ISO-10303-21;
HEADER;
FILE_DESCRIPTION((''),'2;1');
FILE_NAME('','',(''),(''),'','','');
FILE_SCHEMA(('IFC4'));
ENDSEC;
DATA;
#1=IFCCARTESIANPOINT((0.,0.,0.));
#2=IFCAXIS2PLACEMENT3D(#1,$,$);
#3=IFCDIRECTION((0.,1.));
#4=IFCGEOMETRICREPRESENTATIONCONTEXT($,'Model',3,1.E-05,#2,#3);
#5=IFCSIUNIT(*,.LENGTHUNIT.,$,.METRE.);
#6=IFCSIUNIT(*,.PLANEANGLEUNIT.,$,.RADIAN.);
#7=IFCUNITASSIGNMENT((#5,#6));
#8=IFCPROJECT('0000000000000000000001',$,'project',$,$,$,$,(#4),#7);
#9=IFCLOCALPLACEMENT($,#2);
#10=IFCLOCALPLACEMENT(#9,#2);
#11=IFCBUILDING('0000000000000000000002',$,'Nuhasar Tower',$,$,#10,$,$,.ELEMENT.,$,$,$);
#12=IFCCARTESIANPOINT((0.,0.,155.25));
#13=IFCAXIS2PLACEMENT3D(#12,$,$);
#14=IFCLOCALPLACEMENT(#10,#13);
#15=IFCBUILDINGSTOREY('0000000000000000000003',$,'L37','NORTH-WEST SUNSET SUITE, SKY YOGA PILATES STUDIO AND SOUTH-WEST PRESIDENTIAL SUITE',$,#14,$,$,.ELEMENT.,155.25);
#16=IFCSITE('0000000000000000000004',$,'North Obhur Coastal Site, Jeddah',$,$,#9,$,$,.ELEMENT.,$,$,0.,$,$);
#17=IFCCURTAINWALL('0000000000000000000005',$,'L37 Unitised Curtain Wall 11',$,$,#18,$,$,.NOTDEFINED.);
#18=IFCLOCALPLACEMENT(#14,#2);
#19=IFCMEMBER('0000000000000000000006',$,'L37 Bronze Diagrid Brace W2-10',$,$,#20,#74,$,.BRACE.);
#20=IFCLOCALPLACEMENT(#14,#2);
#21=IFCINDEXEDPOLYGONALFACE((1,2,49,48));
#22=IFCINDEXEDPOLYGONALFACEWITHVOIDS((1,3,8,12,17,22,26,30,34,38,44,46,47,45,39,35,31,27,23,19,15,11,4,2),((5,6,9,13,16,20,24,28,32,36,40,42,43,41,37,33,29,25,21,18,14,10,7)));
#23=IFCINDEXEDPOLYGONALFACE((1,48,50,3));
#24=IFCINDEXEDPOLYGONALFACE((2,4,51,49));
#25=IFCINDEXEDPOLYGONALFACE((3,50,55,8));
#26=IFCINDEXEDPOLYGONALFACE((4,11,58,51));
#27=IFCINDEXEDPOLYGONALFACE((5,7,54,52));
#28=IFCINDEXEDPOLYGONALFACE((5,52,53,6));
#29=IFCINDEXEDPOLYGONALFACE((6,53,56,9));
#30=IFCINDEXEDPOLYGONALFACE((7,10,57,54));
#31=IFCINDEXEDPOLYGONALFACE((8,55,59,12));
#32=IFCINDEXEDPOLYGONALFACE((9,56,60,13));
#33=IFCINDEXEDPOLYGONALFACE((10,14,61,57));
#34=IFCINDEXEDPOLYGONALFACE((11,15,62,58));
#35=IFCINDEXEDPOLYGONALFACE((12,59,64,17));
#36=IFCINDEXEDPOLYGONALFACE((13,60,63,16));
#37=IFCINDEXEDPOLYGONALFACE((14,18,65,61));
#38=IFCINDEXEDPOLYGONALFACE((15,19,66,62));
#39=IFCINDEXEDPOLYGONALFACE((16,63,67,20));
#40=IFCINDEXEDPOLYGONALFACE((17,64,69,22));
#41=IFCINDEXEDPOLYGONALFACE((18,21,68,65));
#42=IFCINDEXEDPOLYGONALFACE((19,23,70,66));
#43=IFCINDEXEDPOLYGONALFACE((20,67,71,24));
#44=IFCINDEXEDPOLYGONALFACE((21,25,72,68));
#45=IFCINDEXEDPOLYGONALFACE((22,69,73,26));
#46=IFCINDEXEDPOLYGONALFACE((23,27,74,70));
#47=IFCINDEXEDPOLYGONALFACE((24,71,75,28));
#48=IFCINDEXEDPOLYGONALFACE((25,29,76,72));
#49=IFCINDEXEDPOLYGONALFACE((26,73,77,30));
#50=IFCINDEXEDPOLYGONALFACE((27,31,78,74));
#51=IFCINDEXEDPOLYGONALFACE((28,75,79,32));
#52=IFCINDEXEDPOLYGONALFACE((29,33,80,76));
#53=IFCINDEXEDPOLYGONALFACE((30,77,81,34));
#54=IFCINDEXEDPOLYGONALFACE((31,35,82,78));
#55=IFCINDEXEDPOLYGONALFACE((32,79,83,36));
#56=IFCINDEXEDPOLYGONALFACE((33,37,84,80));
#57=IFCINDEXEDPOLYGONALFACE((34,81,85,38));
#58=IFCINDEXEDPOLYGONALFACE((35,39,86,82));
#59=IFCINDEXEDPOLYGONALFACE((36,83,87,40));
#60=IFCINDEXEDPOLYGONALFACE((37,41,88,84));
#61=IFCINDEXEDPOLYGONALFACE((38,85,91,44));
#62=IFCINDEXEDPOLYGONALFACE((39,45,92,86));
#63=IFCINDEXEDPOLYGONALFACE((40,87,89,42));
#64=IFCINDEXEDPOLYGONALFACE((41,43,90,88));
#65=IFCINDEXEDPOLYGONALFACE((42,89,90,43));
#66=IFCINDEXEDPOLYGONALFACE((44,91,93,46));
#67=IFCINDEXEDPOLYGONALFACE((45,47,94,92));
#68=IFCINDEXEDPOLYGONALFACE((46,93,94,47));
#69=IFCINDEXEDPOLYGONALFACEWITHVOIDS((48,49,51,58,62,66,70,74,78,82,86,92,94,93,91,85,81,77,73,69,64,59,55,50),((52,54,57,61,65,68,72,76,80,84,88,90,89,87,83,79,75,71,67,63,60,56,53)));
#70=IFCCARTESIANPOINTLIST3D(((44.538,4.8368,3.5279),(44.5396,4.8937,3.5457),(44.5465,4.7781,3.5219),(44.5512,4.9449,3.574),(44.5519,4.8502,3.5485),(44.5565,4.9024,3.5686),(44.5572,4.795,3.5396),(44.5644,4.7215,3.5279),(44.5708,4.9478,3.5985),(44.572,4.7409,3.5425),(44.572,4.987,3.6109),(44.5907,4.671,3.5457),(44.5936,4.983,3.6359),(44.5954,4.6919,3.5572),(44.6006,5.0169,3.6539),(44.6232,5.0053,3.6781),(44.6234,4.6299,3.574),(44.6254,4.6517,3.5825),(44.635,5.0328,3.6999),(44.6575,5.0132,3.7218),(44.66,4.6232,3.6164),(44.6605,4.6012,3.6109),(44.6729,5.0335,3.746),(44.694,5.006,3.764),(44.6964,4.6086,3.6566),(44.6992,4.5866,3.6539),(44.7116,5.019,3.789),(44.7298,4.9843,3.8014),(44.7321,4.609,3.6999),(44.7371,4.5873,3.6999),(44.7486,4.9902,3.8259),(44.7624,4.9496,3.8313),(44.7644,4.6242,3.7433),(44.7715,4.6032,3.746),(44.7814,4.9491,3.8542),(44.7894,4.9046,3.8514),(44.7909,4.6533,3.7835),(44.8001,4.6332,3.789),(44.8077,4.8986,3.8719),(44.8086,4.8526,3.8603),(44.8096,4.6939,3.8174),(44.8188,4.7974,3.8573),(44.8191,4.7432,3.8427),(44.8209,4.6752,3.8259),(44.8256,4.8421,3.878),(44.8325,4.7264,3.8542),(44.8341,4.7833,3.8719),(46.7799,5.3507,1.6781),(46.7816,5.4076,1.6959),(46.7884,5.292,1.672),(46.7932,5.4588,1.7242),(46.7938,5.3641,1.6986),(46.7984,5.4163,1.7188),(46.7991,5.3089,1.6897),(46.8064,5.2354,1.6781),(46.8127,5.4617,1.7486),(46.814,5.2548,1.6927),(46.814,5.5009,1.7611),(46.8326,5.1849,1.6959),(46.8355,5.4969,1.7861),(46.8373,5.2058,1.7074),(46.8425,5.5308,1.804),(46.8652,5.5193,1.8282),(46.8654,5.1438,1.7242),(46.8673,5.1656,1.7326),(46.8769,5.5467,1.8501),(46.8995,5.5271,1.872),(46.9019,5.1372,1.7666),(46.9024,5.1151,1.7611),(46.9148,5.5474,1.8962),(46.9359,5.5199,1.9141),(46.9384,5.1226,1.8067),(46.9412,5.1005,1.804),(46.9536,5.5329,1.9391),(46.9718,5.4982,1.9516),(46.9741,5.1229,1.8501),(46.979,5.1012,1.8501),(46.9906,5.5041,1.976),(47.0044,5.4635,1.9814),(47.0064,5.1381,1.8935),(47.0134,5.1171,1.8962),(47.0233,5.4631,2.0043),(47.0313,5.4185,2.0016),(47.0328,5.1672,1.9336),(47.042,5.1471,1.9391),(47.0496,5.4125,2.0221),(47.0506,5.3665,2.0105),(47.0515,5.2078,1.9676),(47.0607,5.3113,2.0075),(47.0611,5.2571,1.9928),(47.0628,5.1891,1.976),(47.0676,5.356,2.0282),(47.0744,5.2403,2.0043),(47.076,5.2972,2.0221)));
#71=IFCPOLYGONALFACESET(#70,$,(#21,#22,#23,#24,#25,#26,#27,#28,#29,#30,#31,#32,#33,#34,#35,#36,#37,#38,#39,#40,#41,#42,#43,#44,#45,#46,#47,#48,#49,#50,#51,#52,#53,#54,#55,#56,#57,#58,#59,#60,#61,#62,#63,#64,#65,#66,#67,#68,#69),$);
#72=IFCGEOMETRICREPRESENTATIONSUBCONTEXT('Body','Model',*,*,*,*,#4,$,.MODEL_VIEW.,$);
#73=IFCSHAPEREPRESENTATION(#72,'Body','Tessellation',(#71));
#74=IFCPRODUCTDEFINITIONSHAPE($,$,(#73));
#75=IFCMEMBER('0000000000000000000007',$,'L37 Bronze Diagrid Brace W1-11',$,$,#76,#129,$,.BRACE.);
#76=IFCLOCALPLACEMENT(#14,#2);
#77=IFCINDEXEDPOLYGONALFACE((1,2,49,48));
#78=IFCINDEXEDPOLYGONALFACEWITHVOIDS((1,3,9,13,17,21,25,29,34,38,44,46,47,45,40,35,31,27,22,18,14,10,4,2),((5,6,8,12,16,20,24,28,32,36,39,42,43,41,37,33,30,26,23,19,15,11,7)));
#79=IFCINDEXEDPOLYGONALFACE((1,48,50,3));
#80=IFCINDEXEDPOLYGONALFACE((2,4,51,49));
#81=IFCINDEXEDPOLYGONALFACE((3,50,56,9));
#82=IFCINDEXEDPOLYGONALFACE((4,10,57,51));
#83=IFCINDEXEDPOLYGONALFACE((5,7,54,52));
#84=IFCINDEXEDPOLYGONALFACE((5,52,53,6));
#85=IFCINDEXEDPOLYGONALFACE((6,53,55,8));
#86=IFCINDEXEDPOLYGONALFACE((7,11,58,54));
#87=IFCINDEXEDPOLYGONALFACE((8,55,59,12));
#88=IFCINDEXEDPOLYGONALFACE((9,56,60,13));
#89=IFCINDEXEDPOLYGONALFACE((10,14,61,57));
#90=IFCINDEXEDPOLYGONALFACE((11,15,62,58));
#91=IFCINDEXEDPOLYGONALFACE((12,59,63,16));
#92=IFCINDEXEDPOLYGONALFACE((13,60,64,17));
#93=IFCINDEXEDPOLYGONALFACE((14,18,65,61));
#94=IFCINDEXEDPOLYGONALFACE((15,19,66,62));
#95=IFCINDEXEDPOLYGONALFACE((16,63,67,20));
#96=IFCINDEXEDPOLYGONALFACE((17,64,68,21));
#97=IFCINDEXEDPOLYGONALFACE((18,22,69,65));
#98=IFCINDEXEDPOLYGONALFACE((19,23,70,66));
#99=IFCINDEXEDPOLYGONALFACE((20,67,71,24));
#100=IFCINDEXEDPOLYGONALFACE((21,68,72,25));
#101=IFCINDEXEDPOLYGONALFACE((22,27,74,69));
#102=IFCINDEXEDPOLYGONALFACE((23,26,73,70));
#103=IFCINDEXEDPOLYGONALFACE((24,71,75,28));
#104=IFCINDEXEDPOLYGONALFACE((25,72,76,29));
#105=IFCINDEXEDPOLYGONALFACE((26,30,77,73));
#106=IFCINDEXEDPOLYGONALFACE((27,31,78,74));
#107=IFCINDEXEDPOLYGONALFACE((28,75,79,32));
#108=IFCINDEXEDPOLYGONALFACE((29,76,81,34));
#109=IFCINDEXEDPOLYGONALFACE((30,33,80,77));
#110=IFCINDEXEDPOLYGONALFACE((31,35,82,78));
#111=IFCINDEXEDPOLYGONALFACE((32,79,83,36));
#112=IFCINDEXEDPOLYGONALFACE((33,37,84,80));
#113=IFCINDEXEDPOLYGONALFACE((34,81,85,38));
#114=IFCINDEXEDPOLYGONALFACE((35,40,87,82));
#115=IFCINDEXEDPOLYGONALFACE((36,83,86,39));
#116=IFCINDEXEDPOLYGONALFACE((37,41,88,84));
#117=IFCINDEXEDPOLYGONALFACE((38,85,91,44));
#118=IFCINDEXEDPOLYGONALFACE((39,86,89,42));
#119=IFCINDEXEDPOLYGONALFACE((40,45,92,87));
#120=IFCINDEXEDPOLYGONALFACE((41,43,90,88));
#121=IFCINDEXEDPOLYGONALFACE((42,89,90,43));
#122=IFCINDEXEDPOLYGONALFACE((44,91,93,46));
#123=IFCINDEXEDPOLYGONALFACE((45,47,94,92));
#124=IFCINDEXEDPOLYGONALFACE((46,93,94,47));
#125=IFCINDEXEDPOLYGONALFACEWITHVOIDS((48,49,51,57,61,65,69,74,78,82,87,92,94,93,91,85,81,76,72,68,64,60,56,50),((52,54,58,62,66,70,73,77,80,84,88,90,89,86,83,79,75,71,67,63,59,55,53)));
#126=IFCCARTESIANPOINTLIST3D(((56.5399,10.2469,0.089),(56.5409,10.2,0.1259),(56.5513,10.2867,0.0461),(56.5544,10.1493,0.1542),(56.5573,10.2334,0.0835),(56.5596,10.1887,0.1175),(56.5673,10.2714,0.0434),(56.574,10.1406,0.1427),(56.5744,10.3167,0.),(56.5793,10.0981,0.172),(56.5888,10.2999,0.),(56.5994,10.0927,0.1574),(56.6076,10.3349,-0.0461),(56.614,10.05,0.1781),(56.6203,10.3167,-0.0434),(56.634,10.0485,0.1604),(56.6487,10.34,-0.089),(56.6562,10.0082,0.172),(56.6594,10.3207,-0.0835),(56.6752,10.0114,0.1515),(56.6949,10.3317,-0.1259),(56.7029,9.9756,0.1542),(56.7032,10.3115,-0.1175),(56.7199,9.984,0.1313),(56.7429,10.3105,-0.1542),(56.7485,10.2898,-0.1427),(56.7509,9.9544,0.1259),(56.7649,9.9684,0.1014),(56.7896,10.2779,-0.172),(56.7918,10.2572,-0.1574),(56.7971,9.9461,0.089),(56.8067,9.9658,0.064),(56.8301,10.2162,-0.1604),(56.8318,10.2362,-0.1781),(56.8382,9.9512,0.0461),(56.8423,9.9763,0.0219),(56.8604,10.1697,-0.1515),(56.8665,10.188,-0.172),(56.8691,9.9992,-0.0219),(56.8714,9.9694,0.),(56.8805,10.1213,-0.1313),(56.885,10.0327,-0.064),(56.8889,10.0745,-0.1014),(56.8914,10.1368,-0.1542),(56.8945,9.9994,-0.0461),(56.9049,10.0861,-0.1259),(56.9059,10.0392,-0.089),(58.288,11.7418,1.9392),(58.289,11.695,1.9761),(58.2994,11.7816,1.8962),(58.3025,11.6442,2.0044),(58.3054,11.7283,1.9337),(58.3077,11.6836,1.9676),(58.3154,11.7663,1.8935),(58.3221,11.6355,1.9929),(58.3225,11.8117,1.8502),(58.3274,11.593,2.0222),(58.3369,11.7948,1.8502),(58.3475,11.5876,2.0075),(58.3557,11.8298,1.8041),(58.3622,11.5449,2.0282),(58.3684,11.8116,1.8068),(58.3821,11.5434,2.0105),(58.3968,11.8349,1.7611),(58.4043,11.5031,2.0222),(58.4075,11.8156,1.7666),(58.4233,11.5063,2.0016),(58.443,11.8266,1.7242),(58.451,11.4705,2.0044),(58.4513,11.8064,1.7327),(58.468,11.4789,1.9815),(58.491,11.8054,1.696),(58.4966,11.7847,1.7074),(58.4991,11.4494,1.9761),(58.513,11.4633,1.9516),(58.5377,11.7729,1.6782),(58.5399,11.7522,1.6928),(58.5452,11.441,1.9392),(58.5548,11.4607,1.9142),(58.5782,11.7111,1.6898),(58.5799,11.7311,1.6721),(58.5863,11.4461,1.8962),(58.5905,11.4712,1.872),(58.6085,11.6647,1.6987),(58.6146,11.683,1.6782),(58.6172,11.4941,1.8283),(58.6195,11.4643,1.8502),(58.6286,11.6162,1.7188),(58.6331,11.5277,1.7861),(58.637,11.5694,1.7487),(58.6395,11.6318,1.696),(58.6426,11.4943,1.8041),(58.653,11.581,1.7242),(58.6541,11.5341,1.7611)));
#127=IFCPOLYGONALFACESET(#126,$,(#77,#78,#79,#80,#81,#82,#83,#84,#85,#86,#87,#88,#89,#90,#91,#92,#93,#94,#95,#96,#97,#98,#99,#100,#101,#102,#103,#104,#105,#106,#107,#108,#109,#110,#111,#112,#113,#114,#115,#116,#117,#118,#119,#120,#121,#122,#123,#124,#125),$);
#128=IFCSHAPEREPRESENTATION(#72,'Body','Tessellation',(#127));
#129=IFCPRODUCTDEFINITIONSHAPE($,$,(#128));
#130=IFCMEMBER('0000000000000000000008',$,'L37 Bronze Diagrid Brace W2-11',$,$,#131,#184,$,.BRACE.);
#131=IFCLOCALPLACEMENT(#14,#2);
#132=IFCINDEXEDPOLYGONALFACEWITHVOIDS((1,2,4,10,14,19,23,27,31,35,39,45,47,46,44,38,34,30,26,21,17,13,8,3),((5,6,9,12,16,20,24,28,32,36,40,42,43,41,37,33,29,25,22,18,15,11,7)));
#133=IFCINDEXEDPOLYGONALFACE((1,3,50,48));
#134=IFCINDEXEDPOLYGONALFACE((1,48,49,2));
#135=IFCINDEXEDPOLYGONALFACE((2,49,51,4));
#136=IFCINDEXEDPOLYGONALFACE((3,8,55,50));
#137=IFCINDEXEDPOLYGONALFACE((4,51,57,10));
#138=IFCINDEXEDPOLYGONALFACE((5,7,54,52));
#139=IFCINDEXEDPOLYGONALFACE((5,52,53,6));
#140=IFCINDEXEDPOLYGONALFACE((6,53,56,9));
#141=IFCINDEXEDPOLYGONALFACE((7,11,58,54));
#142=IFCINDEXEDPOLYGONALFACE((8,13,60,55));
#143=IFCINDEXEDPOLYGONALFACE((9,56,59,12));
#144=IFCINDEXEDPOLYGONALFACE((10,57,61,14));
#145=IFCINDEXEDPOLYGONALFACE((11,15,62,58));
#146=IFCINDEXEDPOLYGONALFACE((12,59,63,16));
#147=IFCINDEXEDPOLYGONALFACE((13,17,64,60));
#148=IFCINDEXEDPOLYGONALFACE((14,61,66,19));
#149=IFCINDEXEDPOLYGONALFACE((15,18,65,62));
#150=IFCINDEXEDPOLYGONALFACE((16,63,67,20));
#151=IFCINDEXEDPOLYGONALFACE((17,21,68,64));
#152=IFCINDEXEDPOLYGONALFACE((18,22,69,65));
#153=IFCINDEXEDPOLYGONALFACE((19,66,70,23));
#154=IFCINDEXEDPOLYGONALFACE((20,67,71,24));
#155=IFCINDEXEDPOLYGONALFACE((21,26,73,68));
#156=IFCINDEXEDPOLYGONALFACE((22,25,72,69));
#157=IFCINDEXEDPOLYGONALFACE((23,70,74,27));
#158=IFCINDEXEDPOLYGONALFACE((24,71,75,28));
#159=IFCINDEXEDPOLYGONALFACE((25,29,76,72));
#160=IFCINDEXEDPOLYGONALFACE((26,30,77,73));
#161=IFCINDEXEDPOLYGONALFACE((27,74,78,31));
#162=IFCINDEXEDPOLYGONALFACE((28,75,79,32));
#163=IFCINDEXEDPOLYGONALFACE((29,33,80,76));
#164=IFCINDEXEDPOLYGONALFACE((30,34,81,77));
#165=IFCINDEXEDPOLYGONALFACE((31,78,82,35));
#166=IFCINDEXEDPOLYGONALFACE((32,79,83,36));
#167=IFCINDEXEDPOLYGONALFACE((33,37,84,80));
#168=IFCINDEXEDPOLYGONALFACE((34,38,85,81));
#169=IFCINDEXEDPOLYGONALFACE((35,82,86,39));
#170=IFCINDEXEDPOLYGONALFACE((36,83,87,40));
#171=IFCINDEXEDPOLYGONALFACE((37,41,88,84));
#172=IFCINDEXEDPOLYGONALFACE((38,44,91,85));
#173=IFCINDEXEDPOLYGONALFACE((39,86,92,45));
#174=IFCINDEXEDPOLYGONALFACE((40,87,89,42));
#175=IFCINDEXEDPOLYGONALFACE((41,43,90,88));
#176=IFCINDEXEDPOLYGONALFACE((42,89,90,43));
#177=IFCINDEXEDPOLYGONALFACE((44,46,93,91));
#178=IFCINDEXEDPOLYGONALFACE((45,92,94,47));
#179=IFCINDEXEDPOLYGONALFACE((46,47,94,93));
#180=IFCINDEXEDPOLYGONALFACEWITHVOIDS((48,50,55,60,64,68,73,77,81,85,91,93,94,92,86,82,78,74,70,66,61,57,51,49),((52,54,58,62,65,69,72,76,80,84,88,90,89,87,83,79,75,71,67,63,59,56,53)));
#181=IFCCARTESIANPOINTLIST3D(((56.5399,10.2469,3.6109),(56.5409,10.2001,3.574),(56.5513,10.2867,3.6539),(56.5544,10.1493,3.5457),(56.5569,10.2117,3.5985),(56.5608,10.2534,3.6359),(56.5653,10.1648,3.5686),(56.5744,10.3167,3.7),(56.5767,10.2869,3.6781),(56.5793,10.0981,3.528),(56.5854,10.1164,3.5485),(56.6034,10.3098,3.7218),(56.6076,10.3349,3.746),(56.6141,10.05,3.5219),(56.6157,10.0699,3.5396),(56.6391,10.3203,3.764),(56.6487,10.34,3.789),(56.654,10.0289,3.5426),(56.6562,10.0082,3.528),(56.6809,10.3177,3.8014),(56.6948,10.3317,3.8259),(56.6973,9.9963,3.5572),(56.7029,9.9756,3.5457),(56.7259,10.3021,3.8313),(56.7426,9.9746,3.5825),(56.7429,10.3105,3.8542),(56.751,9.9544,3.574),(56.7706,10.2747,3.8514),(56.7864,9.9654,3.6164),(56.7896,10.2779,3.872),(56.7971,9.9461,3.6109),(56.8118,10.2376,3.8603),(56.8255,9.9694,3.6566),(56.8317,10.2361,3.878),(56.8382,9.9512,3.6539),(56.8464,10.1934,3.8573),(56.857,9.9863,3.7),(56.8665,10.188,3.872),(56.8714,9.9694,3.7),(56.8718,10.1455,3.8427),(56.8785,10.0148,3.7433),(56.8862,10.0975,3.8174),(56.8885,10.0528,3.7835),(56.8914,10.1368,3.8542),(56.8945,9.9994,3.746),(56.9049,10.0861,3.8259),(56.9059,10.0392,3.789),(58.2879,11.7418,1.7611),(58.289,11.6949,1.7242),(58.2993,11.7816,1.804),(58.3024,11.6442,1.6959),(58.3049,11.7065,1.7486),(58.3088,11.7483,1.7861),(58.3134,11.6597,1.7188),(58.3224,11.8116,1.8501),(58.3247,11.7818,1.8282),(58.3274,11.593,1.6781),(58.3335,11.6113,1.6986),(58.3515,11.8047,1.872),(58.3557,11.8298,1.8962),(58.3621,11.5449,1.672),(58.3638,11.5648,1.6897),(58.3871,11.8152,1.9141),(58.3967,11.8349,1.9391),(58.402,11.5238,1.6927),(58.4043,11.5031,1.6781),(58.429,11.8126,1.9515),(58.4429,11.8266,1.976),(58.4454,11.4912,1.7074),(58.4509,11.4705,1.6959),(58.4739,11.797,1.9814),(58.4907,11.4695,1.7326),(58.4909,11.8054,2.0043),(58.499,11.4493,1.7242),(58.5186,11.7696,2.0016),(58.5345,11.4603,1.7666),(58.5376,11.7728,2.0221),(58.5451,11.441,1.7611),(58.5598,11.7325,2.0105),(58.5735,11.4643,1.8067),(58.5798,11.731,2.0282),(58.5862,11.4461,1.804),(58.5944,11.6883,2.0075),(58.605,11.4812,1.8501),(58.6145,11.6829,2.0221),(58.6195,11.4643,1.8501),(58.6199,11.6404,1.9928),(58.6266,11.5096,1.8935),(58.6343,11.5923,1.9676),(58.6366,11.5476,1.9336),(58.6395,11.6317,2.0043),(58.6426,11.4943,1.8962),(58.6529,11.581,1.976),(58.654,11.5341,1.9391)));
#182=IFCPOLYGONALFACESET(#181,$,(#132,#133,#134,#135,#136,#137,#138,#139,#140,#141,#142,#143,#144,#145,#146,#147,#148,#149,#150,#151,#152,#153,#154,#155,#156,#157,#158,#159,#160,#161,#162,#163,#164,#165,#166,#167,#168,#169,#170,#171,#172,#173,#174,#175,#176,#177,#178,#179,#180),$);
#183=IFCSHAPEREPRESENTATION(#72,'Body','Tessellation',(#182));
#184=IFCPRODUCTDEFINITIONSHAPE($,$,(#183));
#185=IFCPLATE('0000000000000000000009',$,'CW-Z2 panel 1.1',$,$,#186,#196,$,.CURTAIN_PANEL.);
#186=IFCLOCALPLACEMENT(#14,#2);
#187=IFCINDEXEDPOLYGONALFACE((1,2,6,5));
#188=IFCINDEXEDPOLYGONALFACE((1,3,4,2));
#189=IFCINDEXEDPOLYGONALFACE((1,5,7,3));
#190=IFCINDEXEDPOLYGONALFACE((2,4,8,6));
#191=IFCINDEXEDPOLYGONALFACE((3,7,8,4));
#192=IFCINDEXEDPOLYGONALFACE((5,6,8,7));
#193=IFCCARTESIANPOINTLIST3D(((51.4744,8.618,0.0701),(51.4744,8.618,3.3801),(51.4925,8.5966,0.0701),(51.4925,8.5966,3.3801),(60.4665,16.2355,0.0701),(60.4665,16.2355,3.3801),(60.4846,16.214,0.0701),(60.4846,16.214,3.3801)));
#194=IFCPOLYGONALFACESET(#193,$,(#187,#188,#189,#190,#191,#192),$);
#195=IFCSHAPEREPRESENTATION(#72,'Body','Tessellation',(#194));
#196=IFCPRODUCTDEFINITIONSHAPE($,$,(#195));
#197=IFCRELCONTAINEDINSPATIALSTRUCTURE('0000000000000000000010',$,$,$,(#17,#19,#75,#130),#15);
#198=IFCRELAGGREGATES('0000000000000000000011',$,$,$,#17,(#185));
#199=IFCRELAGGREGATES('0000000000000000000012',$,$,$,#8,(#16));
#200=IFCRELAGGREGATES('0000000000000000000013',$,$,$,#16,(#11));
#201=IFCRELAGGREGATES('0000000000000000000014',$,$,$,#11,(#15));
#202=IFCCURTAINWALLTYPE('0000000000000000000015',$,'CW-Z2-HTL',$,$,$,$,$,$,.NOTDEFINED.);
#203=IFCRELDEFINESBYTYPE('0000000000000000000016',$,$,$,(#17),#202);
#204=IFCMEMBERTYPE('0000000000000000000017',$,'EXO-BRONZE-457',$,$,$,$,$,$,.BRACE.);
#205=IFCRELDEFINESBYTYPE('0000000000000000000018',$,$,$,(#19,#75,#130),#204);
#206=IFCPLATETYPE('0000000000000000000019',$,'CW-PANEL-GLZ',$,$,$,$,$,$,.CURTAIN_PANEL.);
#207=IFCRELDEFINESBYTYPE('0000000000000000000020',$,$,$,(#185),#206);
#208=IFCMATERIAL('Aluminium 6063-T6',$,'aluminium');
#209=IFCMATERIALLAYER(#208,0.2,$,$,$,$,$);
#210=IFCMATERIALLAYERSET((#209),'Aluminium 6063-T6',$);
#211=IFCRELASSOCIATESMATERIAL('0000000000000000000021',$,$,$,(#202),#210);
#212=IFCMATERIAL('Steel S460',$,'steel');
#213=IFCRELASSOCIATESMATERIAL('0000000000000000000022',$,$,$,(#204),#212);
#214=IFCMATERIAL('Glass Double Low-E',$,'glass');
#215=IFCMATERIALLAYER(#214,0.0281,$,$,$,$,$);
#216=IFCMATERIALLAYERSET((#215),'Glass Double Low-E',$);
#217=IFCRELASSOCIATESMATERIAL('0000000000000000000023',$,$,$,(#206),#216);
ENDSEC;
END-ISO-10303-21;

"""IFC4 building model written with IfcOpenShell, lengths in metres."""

from ifc_helpers import new_model, si_unit, direction, frame, origin, origin_2d, place, context, subcontext, project, spatial, rectangle, hollow_circle, extrude, material, layer, layer_set, material_profile, profile_set, type_object, element, aggregate, save


model = new_model("IFC4")

# Units and contexts
model_context = context("Model", 3, precision=1e-05, world=origin(), true_north=direction((0.0, 1.0)))
body_context = subcontext(model_context, "Body", "Model", "MODEL_VIEW")
ifc_project = project(units=[si_unit("LENGTHUNIT", "METRE"), si_unit("PLANEANGLEUNIT", "RADIAN")], contexts=[model_context])

# Site, building, storey
site_placement = place(None, origin())
site = spatial("IfcSite", under=ifc_project, at=site_placement, Name="North Obhur Coastal Site, Jeddah", CompositionType="ELEMENT", RefElevation=0.0)
building_placement = place(site_placement, origin())
building = spatial("IfcBuilding", under=site, at=building_placement, Name="Nuhasar Tower", CompositionType="ELEMENT")
storey_placement = place(building_placement, frame((0.0, 0.0, 155.25)))
storey = spatial("IfcBuildingStorey", under=building, at=storey_placement, Name="L37", Description="NORTH-WEST SUNSET SUITE, SKY YOGA PILATES STUDIO AND SOUTH-WEST PRESIDENTIAL SUITE", CompositionType="ELEMENT", Elevation=155.25)

# Shared definitions
ifc_material_1 = material(Name="Aluminium 6063-T6", Category="aluminium")
ifc_layer_1 = layer(ifc_material_1, 0.2)
ifc_layer_set_1 = layer_set([ifc_layer_1], Name="Aluminium 6063-T6")
curtain_wall_type = type_object("IfcCurtainWallType", Name="CW-Z2-HTL", PredefinedType="NOTDEFINED", material=ifc_layer_set_1)

# Curtain wall
curtain_wall_1_placement = place(storey_placement, origin())
curtain_wall_1 = element("IfcCurtainWall", 1, at=curtain_wall_1_placement, inside=storey, type_object=curtain_wall_type, Name="L37 Unitised Curtain Wall 11", PredefinedType="NOTDEFINED")

# Members
ifc_material_2 = material(Name="Steel S460", Category="steel")
ifc_material_profile_1 = material_profile(ifc_material_2, hollow_circle(Radius=0.2285, WallThickness=0.0222, at=origin_2d()), Name="HSS457X22.2")
ifc_profile_set_1 = profile_set([ifc_material_profile_1], Name="Steel S460")
member_type_1 = type_object("IfcMemberType", Name="EXO-BRONZE-457", PredefinedType="BRACE", material=ifc_profile_set_1)
member_1_placement = place(storey_placement, frame((46.928, 5.324, 1.8501), z_axis=(-0.75955, -0.17411, 0.626713), x_axis=(0.223433, -0.974719, 0.0)))
element("IfcMember", 2, at=member_1_placement, inside=storey, type_object=member_type_1, Name="L37 Bronze Diagrid Brace W2-10", PredefinedType="BRACE", context=body_context, shape_type="SweptSolid", body=[
    extrude(hollow_circle(Radius=0.2285, WallThickness=0.0222, at=origin_2d()), origin(), (0.0, 0.0, 1.0), 2.9517),
])
member_2_placement = place(storey_placement, frame((56.7229, 10.1431, 0.0), z_axis=(0.592195, 0.506426, 0.626767), x_axis=(-0.649926, 0.759998, 0.0)))
element("IfcMember", 3, at=member_2_placement, inside=storey, type_object=member_type_1, Name="L37 Bronze Diagrid Brace W1-11", PredefinedType="BRACE", context=body_context, shape_type="SweptSolid", body=[
    extrude(hollow_circle(Radius=0.2285, WallThickness=0.0222, at=origin_2d()), origin(), (0.0, 0.0, 1.0), 2.9519),
])
member_3_placement = place(storey_placement, frame((58.4709, 11.6379, 1.8501), z_axis=(-0.592226, -0.506452, 0.626717), x_axis=(0.649926, -0.759998, 0.0)))
element("IfcMember", 4, at=member_3_placement, inside=storey, type_object=member_type_1, Name="L37 Bronze Diagrid Brace W2-11", PredefinedType="BRACE", context=body_context, shape_type="SweptSolid", body=[
    extrude(hollow_circle(Radius=0.2285, WallThickness=0.0222, at=origin_2d()), origin(), (0.0, 0.0, 1.0), 2.9517),
])

# Plate
ifc_material_3 = material(Name="Glass Double Low-E", Category="glass")
ifc_layer_2 = layer(ifc_material_3, 0.0281)
ifc_layer_set_2 = layer_set([ifc_layer_2], Name="Glass Double Low-E")
plate_type = type_object("IfcPlateType", Name="CW-PANEL-GLZ", PredefinedType="CURTAIN_PANEL", material=ifc_layer_set_2)
plate_placement = place(storey_placement, frame((55.9795, 12.416, 0.0701), z_axis=(0.0, 0.0, 1.0), x_axis=(0.76302, 0.646374, 0.0)))
plate = element("IfcPlate", 5, at=plate_placement, type_object=plate_type, Name="CW-Z2 panel 1.1", PredefinedType="CURTAIN_PANEL", context=body_context, shape_type="SweptSolid", body=[
    extrude(rectangle(XDim=11.7849, YDim=0.0281, at=origin_2d()), origin(), (0.0, 0.0, 1.0), 3.3101),
])
aggregate(curtain_wall_1, [plate])

save(model, "model.ifc")
